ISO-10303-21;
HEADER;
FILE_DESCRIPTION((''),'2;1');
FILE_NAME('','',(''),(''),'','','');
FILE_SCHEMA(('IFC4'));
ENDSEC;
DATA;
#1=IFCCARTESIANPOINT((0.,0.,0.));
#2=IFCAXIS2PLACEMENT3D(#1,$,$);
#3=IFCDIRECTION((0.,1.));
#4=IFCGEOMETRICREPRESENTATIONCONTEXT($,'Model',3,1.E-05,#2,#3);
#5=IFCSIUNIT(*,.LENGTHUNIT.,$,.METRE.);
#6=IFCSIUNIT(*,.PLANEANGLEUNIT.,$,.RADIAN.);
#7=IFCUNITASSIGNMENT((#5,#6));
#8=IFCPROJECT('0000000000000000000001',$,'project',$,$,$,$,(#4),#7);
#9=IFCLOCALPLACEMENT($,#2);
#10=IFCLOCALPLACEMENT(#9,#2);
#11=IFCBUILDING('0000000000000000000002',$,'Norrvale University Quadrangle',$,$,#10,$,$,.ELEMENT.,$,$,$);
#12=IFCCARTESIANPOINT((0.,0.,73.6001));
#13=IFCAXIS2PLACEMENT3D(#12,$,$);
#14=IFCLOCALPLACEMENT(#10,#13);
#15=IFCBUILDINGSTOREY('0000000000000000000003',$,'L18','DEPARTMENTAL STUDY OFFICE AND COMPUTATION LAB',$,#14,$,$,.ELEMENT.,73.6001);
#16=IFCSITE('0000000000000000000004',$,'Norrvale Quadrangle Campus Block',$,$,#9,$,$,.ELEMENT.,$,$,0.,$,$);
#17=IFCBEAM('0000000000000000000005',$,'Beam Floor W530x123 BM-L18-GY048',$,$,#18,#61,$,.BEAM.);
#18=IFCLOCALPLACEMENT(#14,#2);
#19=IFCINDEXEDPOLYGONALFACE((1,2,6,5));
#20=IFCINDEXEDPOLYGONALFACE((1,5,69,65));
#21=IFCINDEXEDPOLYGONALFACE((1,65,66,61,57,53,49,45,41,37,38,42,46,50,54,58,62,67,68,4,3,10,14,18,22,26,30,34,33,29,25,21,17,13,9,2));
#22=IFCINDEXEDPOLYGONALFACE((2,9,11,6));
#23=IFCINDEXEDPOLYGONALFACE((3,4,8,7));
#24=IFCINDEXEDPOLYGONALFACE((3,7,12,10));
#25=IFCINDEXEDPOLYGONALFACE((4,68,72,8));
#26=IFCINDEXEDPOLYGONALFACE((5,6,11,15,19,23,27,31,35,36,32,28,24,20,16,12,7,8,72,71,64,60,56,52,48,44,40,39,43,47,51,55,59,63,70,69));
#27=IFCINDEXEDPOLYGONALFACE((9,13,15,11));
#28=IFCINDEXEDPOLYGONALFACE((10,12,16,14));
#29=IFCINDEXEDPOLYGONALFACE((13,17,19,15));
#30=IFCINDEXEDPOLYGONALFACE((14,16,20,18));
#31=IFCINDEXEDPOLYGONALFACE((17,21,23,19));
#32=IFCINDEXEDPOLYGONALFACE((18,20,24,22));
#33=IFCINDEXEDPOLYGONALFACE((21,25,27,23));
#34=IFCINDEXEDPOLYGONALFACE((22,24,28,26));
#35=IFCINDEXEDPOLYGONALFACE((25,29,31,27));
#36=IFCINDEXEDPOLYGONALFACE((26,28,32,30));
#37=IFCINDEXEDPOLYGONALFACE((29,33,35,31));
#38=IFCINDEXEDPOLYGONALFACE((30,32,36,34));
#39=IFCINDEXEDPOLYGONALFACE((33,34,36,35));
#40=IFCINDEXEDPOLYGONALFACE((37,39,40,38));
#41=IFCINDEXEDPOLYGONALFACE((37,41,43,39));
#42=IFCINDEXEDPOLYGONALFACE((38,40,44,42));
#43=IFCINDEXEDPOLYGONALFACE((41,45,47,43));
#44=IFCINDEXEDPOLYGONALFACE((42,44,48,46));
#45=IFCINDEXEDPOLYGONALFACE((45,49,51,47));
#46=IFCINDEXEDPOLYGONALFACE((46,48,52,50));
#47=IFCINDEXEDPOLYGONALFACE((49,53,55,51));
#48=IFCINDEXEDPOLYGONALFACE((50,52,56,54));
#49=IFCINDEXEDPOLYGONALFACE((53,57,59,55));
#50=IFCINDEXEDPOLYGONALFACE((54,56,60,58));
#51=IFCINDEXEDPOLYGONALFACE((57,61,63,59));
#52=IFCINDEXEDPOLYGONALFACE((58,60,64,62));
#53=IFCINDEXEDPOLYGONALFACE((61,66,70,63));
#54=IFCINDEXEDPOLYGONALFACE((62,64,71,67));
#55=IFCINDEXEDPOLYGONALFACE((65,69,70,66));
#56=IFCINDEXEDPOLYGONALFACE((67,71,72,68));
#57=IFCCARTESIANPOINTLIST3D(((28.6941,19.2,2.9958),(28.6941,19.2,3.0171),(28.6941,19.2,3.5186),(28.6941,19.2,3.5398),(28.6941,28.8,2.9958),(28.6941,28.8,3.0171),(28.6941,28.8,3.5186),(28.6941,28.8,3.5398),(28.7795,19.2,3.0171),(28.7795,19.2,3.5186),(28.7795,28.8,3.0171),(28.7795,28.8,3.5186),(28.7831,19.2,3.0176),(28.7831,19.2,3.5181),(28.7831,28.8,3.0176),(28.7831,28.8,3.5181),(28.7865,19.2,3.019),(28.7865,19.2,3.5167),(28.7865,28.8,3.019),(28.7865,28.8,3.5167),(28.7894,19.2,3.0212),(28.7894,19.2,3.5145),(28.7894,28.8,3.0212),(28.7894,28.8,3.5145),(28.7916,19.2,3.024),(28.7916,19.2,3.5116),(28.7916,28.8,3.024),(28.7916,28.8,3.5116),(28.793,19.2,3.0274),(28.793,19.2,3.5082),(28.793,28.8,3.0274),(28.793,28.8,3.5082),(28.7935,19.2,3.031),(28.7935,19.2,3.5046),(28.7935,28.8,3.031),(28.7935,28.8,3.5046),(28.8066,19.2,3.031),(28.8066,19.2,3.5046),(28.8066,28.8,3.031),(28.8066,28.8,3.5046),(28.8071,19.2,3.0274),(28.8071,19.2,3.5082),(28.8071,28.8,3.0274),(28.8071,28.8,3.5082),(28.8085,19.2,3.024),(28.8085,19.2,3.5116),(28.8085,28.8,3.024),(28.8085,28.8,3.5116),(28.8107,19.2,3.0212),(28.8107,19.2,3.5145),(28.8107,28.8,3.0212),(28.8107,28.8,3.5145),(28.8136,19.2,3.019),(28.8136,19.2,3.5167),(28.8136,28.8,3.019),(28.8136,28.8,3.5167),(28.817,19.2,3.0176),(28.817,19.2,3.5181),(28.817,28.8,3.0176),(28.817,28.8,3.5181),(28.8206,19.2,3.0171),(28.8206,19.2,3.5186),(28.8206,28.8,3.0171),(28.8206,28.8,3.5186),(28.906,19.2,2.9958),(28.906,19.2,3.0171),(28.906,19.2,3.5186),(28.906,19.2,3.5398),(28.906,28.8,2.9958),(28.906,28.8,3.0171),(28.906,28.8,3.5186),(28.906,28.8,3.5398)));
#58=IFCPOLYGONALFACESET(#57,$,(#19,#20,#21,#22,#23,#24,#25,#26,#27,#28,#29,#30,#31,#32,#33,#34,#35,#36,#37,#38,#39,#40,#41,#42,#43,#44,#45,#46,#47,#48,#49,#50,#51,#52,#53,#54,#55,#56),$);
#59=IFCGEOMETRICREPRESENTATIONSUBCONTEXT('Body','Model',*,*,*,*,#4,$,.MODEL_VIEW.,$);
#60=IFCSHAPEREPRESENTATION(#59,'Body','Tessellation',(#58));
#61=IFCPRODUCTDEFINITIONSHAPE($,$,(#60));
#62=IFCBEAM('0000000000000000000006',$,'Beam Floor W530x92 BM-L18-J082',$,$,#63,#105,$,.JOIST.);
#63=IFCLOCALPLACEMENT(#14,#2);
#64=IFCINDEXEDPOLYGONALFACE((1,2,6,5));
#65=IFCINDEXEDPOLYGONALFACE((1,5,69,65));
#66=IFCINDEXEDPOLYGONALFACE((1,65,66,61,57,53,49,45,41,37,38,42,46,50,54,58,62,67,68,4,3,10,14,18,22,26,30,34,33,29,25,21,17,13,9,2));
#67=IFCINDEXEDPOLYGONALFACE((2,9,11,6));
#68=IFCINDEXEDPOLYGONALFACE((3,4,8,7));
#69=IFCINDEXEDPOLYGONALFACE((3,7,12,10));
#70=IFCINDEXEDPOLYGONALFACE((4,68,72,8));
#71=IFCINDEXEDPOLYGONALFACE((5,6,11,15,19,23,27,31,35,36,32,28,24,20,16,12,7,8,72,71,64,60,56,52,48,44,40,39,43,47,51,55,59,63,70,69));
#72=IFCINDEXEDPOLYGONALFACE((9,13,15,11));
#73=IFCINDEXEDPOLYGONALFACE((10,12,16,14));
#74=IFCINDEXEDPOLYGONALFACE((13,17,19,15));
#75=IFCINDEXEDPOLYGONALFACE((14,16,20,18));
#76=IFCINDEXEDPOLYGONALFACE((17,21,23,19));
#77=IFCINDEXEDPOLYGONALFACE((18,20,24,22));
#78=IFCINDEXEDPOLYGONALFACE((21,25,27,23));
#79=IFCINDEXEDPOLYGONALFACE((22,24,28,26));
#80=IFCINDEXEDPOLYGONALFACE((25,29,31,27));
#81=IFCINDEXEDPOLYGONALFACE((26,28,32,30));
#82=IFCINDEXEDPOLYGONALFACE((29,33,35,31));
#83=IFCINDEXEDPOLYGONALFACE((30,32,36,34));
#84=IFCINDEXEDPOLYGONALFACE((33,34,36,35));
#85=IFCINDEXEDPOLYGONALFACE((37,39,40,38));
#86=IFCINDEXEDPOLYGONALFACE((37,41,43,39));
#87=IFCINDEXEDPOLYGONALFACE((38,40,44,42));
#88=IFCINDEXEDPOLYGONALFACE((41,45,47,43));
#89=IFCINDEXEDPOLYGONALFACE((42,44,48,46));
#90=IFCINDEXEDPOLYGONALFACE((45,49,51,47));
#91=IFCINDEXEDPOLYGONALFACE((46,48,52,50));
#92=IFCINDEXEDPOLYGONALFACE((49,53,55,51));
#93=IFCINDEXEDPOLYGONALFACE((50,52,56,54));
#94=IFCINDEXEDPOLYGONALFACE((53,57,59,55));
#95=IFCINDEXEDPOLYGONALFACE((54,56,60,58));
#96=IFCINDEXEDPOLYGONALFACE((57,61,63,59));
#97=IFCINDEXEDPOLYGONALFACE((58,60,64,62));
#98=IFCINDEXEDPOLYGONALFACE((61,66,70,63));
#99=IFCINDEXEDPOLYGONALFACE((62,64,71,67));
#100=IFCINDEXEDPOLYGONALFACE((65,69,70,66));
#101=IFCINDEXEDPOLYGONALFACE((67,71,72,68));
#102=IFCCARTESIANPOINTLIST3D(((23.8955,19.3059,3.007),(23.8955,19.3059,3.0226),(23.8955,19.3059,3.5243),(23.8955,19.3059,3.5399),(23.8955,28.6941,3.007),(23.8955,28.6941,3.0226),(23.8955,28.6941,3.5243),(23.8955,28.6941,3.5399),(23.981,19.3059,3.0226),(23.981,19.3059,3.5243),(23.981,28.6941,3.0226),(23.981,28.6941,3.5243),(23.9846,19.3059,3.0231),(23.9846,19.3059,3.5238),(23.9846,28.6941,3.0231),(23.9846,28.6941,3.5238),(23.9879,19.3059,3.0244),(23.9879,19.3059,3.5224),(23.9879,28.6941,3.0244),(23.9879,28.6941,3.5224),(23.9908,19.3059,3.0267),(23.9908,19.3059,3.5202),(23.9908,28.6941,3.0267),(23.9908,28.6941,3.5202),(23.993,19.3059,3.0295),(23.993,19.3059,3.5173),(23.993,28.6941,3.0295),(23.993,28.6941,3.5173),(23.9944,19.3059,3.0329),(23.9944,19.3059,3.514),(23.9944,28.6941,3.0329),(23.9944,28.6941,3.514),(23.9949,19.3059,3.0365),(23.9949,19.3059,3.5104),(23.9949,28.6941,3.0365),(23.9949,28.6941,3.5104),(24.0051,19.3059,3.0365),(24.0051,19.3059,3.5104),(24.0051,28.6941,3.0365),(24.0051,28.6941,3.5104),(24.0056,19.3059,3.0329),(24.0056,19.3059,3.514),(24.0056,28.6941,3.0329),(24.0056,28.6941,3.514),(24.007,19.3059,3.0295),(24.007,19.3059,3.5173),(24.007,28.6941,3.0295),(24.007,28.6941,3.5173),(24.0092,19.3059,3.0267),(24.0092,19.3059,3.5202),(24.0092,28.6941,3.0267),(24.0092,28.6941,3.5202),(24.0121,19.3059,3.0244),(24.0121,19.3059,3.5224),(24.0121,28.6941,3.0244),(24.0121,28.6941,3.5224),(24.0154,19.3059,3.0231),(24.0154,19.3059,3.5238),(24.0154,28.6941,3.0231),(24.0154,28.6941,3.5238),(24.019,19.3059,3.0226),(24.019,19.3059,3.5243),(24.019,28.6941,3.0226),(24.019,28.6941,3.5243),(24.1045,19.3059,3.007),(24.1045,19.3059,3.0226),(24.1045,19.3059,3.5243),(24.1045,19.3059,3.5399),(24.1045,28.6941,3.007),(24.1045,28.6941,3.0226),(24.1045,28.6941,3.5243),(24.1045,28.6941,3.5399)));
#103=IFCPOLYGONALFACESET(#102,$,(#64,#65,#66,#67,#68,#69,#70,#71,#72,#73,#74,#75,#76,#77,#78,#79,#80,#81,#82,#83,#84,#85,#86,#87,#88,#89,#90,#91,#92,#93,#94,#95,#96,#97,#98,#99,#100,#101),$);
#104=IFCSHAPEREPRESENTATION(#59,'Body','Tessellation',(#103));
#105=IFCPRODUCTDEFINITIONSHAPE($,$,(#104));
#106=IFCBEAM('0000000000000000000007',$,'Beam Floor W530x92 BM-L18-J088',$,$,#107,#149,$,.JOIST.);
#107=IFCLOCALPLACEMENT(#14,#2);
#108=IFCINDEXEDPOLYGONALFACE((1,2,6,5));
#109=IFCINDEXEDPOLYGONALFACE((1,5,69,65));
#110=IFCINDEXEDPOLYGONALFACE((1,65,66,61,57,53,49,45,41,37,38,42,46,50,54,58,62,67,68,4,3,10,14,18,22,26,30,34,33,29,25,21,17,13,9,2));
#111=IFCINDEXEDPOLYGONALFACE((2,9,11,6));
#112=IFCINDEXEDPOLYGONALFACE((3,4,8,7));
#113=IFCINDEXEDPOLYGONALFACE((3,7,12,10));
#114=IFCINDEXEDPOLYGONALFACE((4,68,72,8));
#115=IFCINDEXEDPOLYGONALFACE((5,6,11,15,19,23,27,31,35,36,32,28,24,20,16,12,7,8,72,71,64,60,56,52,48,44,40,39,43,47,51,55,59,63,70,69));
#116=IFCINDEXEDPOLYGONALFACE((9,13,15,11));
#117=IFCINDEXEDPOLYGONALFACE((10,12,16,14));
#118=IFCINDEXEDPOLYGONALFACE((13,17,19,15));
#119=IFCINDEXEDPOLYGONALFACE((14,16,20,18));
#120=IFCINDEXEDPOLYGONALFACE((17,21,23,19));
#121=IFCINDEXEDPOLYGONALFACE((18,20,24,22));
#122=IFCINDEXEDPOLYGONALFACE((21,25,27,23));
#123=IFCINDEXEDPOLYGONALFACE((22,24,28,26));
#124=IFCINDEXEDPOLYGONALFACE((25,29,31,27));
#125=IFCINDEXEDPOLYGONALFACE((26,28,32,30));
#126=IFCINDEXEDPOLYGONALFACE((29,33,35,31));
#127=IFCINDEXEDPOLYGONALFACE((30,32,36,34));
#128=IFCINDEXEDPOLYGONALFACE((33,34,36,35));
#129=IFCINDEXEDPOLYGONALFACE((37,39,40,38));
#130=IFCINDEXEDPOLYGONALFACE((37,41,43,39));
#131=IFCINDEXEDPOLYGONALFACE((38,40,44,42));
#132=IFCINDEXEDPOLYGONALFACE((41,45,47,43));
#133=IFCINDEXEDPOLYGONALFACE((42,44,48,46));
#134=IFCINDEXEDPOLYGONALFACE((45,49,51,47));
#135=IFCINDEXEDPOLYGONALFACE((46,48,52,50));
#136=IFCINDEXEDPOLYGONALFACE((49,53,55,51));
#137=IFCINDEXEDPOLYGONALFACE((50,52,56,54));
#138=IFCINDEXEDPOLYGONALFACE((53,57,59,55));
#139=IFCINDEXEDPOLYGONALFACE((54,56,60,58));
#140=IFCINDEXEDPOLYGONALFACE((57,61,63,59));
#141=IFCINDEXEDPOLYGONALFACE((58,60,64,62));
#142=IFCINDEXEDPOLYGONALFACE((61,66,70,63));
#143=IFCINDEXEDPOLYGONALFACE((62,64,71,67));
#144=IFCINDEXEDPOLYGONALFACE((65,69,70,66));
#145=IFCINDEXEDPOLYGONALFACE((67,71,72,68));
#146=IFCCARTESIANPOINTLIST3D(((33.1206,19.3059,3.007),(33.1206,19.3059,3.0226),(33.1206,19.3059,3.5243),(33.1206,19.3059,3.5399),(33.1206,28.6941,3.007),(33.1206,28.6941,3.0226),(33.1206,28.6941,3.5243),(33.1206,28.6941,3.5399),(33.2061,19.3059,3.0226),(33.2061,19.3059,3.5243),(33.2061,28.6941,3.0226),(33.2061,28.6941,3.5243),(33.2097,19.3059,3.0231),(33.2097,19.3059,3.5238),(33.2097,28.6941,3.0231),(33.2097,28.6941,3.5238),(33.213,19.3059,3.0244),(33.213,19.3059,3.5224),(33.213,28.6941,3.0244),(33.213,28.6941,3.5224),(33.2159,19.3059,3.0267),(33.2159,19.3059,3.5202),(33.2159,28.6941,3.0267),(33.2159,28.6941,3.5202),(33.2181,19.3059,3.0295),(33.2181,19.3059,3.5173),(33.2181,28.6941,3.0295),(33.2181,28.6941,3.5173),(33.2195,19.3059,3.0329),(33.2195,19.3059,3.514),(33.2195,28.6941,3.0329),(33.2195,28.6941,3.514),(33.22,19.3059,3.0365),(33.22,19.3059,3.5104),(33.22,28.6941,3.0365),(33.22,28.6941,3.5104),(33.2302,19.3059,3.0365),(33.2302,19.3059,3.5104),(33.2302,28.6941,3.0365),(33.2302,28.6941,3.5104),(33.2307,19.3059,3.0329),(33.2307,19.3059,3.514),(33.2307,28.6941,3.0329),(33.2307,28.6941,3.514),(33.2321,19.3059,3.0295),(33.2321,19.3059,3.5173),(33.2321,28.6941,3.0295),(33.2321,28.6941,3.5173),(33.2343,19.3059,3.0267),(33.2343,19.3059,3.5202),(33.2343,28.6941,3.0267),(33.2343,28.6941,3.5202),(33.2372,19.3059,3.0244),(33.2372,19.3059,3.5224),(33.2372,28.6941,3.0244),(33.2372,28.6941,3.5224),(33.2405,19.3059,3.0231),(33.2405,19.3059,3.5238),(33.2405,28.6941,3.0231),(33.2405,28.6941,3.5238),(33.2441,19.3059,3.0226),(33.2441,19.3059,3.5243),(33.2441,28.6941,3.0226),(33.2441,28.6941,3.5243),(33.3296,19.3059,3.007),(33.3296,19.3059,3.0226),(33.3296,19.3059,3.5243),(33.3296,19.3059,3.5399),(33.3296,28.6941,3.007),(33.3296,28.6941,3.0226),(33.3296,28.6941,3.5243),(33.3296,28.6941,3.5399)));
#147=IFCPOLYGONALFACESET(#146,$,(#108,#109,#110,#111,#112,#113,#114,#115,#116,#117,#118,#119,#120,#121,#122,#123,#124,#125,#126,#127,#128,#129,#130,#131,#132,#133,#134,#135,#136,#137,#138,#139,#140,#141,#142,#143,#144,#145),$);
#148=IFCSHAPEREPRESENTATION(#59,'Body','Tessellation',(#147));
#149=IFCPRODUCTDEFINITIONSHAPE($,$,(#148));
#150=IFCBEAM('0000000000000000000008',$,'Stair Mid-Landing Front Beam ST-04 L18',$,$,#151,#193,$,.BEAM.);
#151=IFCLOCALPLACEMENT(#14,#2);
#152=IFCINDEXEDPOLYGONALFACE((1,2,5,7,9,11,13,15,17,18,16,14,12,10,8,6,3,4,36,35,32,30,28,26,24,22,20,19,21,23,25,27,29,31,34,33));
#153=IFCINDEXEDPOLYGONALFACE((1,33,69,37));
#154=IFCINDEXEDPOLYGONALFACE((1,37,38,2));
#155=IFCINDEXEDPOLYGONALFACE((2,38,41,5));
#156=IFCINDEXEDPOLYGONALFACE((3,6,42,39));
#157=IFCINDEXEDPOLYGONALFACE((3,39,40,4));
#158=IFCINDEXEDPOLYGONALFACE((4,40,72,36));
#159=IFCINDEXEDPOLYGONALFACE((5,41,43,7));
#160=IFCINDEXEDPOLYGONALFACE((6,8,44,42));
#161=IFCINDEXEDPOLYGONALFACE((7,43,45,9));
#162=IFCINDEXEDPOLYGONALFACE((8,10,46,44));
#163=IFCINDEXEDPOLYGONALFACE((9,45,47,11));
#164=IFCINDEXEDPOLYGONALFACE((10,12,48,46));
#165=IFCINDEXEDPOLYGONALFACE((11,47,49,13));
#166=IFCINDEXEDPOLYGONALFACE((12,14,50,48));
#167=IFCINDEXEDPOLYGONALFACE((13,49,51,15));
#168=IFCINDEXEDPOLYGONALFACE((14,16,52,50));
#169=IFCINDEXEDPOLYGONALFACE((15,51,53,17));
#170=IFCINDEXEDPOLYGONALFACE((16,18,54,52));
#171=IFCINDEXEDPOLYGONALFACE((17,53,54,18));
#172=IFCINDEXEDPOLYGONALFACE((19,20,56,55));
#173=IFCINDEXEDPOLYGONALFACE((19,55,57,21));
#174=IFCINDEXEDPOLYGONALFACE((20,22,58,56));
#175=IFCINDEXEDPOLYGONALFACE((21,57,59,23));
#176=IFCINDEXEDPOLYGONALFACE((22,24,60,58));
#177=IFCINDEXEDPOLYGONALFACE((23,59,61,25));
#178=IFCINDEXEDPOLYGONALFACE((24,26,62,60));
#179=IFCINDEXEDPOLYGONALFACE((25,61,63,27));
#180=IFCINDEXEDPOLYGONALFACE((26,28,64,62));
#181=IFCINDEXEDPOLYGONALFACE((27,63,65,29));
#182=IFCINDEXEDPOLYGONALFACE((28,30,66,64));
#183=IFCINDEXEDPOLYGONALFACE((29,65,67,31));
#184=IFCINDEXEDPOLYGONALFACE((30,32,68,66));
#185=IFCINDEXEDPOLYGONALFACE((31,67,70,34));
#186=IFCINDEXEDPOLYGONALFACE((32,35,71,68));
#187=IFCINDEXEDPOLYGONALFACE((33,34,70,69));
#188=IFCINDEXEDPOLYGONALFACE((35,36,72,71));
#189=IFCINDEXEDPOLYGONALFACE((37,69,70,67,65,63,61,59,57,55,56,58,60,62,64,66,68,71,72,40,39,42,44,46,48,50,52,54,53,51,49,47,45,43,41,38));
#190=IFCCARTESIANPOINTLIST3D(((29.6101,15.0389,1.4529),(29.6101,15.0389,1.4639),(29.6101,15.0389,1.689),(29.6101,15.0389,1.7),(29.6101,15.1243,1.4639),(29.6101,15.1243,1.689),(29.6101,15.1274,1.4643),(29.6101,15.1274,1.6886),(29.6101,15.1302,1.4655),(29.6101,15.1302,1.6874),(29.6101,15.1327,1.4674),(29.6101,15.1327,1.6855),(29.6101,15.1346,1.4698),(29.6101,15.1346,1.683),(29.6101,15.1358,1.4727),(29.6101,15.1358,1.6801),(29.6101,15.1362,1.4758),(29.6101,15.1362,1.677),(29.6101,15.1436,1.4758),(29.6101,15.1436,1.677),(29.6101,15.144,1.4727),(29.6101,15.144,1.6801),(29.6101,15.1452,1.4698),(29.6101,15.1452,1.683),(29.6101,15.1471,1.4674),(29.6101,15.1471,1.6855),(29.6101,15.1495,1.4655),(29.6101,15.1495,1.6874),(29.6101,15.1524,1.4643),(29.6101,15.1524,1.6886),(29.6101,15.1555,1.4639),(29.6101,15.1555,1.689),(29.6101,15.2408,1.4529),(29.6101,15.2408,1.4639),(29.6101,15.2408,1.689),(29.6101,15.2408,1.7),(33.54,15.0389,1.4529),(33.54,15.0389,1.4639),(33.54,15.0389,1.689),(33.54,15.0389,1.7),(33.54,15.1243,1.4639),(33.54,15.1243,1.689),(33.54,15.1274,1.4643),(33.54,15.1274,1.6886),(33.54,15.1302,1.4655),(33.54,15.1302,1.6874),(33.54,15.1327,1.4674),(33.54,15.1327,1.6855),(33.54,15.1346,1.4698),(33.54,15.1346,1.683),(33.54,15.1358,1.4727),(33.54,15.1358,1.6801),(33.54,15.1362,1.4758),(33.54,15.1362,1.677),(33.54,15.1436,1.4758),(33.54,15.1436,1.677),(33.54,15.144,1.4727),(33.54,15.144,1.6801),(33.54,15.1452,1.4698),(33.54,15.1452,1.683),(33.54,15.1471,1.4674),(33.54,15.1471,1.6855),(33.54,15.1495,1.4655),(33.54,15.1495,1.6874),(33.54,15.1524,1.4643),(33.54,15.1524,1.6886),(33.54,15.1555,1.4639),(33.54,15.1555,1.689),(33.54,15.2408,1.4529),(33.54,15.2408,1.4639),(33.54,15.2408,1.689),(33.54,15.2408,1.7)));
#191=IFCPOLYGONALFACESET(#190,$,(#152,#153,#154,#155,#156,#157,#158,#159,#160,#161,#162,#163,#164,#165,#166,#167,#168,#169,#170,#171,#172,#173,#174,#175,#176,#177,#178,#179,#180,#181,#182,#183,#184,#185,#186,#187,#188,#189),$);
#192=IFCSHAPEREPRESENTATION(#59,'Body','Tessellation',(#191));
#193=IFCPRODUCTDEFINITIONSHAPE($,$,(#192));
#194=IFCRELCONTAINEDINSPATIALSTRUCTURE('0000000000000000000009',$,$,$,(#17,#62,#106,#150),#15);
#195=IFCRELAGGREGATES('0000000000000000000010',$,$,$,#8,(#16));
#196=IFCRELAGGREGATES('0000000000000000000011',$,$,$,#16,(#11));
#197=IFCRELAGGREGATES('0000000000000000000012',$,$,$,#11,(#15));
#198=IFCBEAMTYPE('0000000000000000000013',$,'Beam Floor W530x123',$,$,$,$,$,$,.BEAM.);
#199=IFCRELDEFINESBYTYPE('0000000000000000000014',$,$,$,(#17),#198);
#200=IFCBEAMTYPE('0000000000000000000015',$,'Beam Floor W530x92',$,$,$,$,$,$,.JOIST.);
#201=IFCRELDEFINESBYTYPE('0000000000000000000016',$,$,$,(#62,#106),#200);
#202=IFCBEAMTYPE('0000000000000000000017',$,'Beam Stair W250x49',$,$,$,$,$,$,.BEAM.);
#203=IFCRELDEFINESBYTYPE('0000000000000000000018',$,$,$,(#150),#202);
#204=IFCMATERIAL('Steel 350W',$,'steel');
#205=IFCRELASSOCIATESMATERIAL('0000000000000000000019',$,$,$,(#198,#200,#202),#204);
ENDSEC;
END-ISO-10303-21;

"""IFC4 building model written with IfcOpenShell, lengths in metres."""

from ifc_helpers import new_model, si_unit, direction, frame, origin, origin_2d, place, context, subcontext, project, spatial, i_section, extrude, material, material_profile, profile_set, type_object, element, save


model = new_model("IFC4")

# Units and contexts
model_context = context("Model", 3, precision=1e-05, world=origin(), true_north=direction((0.0, 1.0)))
body_context = subcontext(model_context, "Body", "Model", "MODEL_VIEW")
ifc_project = project(units=[si_unit("LENGTHUNIT", "METRE"), si_unit("PLANEANGLEUNIT", "RADIAN")], contexts=[model_context])

# Site, building, storey
site_placement = place(None, origin())
site = spatial("IfcSite", under=ifc_project, at=site_placement, Name="Norrvale Quadrangle Campus Block", CompositionType="ELEMENT", RefElevation=0.0)
building_placement = place(site_placement, origin())
building = spatial("IfcBuilding", under=site, at=building_placement, Name="Norrvale University Quadrangle", CompositionType="ELEMENT")
storey_placement = place(building_placement, frame((0.0, 0.0, 73.6001)))
storey = spatial("IfcBuildingStorey", under=building, at=storey_placement, Name="L18", Description="DEPARTMENTAL STUDY OFFICE AND COMPUTATION LAB", CompositionType="ELEMENT", Elevation=73.6001)

# Beams
ifc_material_1 = material(Name="Steel 350W", Category="steel")
ifc_material_profile_1 = material_profile(ifc_material_1, i_section(OverallWidth=0.2119, OverallDepth=0.5439, WebThickness=0.0132, FlangeThickness=0.0212, FilletRadius=0.0139, at=origin_2d()), Name="Steel 350W")
ifc_profile_set_1 = profile_set([ifc_material_profile_1], Name="Steel 350W")
beam_type_1 = type_object("IfcBeamType", Name="Beam Floor W530x123", PredefinedType="BEAM", material=ifc_profile_set_1)
for number, where, z_axis, x_axis, name in (
    (1, (28.8, 19.2, 3.2678), (0.0, 1.0, 0.0), (-1.0, 0.0, 0.0), "Beam Floor W530x123 BM-L18-GY048"),
):
    element("IfcBeam", number, at=place(storey_placement, frame(where, z_axis=z_axis, x_axis=x_axis)), inside=storey, type_object=beam_type_1, Name=name, PredefinedType="BEAM", context=body_context, shape_type="SweptSolid", body=[
        extrude(i_section(OverallWidth=0.2119, OverallDepth=0.5439, WebThickness=0.0132, FlangeThickness=0.0212, FilletRadius=0.0139, at=origin_2d()), origin(), (0.0, 0.0, 1.0), 9.6001),
    ])
ifc_material_profile_2 = material_profile(ifc_material_1, i_section(OverallWidth=0.209, OverallDepth=0.533, WebThickness=0.0103, FlangeThickness=0.0156, FilletRadius=0.0139, at=origin_2d()), Name="Steel 350W")
ifc_profile_set_2 = profile_set([ifc_material_profile_2], Name="Steel 350W")
beam_type_2 = type_object("IfcBeamType", Name="Beam Floor W530x92", PredefinedType="JOIST", material=ifc_profile_set_2)
for number, where, z_axis, x_axis, name in (
    (2, (24.0, 19.3059, 3.2734), (0.0, 1.0, 0.0), (-1.0, 0.0, 0.0), "Beam Floor W530x92 BM-L18-J082"),
    (3, (33.2251, 19.3059, 3.2734), (0.0, 1.0, 0.0), (-1.0, 0.0, 0.0), "Beam Floor W530x92 BM-L18-J088"),
):
    element("IfcBeam", number, at=place(storey_placement, frame(where, z_axis=z_axis, x_axis=x_axis)), inside=storey, type_object=beam_type_2, Name=name, PredefinedType="JOIST", context=body_context, shape_type="SweptSolid", body=[
        extrude(i_section(OverallWidth=0.209, OverallDepth=0.533, WebThickness=0.0103, FlangeThickness=0.0156, FilletRadius=0.0139, at=origin_2d()), origin(), (0.0, 0.0, 1.0), 9.3882),
    ])
ifc_material_profile_3 = material_profile(ifc_material_1, i_section(OverallWidth=0.2019, OverallDepth=0.2471, WebThickness=0.0073, FlangeThickness=0.011, FilletRadius=0.012, at=origin_2d()), Name="Steel 350W")
ifc_profile_set_3 = profile_set([ifc_material_profile_3], Name="Steel 350W")
beam_type_3 = type_object("IfcBeamType", Name="Beam Stair W250x49", PredefinedType="BEAM", material=ifc_profile_set_3)
for number, where, z_axis, x_axis, name in (
    (4, (29.6101, 15.1399, 1.5764), (1.0, 0.0, 0.0), (0.0, 1.0, 0.0), "Stair Mid-Landing Front Beam ST-04 L18"),
):
    element("IfcBeam", number, at=place(storey_placement, frame(where, z_axis=z_axis, x_axis=x_axis)), inside=storey, type_object=beam_type_3, Name=name, PredefinedType="BEAM", context=body_context, shape_type="SweptSolid", body=[
        extrude(i_section(OverallWidth=0.2019, OverallDepth=0.2471, WebThickness=0.0073, FlangeThickness=0.011, FilletRadius=0.012, at=origin_2d()), origin(), (0.0, 0.0, 1.0), 3.9299),
    ])

save(model, "model.ifc")
